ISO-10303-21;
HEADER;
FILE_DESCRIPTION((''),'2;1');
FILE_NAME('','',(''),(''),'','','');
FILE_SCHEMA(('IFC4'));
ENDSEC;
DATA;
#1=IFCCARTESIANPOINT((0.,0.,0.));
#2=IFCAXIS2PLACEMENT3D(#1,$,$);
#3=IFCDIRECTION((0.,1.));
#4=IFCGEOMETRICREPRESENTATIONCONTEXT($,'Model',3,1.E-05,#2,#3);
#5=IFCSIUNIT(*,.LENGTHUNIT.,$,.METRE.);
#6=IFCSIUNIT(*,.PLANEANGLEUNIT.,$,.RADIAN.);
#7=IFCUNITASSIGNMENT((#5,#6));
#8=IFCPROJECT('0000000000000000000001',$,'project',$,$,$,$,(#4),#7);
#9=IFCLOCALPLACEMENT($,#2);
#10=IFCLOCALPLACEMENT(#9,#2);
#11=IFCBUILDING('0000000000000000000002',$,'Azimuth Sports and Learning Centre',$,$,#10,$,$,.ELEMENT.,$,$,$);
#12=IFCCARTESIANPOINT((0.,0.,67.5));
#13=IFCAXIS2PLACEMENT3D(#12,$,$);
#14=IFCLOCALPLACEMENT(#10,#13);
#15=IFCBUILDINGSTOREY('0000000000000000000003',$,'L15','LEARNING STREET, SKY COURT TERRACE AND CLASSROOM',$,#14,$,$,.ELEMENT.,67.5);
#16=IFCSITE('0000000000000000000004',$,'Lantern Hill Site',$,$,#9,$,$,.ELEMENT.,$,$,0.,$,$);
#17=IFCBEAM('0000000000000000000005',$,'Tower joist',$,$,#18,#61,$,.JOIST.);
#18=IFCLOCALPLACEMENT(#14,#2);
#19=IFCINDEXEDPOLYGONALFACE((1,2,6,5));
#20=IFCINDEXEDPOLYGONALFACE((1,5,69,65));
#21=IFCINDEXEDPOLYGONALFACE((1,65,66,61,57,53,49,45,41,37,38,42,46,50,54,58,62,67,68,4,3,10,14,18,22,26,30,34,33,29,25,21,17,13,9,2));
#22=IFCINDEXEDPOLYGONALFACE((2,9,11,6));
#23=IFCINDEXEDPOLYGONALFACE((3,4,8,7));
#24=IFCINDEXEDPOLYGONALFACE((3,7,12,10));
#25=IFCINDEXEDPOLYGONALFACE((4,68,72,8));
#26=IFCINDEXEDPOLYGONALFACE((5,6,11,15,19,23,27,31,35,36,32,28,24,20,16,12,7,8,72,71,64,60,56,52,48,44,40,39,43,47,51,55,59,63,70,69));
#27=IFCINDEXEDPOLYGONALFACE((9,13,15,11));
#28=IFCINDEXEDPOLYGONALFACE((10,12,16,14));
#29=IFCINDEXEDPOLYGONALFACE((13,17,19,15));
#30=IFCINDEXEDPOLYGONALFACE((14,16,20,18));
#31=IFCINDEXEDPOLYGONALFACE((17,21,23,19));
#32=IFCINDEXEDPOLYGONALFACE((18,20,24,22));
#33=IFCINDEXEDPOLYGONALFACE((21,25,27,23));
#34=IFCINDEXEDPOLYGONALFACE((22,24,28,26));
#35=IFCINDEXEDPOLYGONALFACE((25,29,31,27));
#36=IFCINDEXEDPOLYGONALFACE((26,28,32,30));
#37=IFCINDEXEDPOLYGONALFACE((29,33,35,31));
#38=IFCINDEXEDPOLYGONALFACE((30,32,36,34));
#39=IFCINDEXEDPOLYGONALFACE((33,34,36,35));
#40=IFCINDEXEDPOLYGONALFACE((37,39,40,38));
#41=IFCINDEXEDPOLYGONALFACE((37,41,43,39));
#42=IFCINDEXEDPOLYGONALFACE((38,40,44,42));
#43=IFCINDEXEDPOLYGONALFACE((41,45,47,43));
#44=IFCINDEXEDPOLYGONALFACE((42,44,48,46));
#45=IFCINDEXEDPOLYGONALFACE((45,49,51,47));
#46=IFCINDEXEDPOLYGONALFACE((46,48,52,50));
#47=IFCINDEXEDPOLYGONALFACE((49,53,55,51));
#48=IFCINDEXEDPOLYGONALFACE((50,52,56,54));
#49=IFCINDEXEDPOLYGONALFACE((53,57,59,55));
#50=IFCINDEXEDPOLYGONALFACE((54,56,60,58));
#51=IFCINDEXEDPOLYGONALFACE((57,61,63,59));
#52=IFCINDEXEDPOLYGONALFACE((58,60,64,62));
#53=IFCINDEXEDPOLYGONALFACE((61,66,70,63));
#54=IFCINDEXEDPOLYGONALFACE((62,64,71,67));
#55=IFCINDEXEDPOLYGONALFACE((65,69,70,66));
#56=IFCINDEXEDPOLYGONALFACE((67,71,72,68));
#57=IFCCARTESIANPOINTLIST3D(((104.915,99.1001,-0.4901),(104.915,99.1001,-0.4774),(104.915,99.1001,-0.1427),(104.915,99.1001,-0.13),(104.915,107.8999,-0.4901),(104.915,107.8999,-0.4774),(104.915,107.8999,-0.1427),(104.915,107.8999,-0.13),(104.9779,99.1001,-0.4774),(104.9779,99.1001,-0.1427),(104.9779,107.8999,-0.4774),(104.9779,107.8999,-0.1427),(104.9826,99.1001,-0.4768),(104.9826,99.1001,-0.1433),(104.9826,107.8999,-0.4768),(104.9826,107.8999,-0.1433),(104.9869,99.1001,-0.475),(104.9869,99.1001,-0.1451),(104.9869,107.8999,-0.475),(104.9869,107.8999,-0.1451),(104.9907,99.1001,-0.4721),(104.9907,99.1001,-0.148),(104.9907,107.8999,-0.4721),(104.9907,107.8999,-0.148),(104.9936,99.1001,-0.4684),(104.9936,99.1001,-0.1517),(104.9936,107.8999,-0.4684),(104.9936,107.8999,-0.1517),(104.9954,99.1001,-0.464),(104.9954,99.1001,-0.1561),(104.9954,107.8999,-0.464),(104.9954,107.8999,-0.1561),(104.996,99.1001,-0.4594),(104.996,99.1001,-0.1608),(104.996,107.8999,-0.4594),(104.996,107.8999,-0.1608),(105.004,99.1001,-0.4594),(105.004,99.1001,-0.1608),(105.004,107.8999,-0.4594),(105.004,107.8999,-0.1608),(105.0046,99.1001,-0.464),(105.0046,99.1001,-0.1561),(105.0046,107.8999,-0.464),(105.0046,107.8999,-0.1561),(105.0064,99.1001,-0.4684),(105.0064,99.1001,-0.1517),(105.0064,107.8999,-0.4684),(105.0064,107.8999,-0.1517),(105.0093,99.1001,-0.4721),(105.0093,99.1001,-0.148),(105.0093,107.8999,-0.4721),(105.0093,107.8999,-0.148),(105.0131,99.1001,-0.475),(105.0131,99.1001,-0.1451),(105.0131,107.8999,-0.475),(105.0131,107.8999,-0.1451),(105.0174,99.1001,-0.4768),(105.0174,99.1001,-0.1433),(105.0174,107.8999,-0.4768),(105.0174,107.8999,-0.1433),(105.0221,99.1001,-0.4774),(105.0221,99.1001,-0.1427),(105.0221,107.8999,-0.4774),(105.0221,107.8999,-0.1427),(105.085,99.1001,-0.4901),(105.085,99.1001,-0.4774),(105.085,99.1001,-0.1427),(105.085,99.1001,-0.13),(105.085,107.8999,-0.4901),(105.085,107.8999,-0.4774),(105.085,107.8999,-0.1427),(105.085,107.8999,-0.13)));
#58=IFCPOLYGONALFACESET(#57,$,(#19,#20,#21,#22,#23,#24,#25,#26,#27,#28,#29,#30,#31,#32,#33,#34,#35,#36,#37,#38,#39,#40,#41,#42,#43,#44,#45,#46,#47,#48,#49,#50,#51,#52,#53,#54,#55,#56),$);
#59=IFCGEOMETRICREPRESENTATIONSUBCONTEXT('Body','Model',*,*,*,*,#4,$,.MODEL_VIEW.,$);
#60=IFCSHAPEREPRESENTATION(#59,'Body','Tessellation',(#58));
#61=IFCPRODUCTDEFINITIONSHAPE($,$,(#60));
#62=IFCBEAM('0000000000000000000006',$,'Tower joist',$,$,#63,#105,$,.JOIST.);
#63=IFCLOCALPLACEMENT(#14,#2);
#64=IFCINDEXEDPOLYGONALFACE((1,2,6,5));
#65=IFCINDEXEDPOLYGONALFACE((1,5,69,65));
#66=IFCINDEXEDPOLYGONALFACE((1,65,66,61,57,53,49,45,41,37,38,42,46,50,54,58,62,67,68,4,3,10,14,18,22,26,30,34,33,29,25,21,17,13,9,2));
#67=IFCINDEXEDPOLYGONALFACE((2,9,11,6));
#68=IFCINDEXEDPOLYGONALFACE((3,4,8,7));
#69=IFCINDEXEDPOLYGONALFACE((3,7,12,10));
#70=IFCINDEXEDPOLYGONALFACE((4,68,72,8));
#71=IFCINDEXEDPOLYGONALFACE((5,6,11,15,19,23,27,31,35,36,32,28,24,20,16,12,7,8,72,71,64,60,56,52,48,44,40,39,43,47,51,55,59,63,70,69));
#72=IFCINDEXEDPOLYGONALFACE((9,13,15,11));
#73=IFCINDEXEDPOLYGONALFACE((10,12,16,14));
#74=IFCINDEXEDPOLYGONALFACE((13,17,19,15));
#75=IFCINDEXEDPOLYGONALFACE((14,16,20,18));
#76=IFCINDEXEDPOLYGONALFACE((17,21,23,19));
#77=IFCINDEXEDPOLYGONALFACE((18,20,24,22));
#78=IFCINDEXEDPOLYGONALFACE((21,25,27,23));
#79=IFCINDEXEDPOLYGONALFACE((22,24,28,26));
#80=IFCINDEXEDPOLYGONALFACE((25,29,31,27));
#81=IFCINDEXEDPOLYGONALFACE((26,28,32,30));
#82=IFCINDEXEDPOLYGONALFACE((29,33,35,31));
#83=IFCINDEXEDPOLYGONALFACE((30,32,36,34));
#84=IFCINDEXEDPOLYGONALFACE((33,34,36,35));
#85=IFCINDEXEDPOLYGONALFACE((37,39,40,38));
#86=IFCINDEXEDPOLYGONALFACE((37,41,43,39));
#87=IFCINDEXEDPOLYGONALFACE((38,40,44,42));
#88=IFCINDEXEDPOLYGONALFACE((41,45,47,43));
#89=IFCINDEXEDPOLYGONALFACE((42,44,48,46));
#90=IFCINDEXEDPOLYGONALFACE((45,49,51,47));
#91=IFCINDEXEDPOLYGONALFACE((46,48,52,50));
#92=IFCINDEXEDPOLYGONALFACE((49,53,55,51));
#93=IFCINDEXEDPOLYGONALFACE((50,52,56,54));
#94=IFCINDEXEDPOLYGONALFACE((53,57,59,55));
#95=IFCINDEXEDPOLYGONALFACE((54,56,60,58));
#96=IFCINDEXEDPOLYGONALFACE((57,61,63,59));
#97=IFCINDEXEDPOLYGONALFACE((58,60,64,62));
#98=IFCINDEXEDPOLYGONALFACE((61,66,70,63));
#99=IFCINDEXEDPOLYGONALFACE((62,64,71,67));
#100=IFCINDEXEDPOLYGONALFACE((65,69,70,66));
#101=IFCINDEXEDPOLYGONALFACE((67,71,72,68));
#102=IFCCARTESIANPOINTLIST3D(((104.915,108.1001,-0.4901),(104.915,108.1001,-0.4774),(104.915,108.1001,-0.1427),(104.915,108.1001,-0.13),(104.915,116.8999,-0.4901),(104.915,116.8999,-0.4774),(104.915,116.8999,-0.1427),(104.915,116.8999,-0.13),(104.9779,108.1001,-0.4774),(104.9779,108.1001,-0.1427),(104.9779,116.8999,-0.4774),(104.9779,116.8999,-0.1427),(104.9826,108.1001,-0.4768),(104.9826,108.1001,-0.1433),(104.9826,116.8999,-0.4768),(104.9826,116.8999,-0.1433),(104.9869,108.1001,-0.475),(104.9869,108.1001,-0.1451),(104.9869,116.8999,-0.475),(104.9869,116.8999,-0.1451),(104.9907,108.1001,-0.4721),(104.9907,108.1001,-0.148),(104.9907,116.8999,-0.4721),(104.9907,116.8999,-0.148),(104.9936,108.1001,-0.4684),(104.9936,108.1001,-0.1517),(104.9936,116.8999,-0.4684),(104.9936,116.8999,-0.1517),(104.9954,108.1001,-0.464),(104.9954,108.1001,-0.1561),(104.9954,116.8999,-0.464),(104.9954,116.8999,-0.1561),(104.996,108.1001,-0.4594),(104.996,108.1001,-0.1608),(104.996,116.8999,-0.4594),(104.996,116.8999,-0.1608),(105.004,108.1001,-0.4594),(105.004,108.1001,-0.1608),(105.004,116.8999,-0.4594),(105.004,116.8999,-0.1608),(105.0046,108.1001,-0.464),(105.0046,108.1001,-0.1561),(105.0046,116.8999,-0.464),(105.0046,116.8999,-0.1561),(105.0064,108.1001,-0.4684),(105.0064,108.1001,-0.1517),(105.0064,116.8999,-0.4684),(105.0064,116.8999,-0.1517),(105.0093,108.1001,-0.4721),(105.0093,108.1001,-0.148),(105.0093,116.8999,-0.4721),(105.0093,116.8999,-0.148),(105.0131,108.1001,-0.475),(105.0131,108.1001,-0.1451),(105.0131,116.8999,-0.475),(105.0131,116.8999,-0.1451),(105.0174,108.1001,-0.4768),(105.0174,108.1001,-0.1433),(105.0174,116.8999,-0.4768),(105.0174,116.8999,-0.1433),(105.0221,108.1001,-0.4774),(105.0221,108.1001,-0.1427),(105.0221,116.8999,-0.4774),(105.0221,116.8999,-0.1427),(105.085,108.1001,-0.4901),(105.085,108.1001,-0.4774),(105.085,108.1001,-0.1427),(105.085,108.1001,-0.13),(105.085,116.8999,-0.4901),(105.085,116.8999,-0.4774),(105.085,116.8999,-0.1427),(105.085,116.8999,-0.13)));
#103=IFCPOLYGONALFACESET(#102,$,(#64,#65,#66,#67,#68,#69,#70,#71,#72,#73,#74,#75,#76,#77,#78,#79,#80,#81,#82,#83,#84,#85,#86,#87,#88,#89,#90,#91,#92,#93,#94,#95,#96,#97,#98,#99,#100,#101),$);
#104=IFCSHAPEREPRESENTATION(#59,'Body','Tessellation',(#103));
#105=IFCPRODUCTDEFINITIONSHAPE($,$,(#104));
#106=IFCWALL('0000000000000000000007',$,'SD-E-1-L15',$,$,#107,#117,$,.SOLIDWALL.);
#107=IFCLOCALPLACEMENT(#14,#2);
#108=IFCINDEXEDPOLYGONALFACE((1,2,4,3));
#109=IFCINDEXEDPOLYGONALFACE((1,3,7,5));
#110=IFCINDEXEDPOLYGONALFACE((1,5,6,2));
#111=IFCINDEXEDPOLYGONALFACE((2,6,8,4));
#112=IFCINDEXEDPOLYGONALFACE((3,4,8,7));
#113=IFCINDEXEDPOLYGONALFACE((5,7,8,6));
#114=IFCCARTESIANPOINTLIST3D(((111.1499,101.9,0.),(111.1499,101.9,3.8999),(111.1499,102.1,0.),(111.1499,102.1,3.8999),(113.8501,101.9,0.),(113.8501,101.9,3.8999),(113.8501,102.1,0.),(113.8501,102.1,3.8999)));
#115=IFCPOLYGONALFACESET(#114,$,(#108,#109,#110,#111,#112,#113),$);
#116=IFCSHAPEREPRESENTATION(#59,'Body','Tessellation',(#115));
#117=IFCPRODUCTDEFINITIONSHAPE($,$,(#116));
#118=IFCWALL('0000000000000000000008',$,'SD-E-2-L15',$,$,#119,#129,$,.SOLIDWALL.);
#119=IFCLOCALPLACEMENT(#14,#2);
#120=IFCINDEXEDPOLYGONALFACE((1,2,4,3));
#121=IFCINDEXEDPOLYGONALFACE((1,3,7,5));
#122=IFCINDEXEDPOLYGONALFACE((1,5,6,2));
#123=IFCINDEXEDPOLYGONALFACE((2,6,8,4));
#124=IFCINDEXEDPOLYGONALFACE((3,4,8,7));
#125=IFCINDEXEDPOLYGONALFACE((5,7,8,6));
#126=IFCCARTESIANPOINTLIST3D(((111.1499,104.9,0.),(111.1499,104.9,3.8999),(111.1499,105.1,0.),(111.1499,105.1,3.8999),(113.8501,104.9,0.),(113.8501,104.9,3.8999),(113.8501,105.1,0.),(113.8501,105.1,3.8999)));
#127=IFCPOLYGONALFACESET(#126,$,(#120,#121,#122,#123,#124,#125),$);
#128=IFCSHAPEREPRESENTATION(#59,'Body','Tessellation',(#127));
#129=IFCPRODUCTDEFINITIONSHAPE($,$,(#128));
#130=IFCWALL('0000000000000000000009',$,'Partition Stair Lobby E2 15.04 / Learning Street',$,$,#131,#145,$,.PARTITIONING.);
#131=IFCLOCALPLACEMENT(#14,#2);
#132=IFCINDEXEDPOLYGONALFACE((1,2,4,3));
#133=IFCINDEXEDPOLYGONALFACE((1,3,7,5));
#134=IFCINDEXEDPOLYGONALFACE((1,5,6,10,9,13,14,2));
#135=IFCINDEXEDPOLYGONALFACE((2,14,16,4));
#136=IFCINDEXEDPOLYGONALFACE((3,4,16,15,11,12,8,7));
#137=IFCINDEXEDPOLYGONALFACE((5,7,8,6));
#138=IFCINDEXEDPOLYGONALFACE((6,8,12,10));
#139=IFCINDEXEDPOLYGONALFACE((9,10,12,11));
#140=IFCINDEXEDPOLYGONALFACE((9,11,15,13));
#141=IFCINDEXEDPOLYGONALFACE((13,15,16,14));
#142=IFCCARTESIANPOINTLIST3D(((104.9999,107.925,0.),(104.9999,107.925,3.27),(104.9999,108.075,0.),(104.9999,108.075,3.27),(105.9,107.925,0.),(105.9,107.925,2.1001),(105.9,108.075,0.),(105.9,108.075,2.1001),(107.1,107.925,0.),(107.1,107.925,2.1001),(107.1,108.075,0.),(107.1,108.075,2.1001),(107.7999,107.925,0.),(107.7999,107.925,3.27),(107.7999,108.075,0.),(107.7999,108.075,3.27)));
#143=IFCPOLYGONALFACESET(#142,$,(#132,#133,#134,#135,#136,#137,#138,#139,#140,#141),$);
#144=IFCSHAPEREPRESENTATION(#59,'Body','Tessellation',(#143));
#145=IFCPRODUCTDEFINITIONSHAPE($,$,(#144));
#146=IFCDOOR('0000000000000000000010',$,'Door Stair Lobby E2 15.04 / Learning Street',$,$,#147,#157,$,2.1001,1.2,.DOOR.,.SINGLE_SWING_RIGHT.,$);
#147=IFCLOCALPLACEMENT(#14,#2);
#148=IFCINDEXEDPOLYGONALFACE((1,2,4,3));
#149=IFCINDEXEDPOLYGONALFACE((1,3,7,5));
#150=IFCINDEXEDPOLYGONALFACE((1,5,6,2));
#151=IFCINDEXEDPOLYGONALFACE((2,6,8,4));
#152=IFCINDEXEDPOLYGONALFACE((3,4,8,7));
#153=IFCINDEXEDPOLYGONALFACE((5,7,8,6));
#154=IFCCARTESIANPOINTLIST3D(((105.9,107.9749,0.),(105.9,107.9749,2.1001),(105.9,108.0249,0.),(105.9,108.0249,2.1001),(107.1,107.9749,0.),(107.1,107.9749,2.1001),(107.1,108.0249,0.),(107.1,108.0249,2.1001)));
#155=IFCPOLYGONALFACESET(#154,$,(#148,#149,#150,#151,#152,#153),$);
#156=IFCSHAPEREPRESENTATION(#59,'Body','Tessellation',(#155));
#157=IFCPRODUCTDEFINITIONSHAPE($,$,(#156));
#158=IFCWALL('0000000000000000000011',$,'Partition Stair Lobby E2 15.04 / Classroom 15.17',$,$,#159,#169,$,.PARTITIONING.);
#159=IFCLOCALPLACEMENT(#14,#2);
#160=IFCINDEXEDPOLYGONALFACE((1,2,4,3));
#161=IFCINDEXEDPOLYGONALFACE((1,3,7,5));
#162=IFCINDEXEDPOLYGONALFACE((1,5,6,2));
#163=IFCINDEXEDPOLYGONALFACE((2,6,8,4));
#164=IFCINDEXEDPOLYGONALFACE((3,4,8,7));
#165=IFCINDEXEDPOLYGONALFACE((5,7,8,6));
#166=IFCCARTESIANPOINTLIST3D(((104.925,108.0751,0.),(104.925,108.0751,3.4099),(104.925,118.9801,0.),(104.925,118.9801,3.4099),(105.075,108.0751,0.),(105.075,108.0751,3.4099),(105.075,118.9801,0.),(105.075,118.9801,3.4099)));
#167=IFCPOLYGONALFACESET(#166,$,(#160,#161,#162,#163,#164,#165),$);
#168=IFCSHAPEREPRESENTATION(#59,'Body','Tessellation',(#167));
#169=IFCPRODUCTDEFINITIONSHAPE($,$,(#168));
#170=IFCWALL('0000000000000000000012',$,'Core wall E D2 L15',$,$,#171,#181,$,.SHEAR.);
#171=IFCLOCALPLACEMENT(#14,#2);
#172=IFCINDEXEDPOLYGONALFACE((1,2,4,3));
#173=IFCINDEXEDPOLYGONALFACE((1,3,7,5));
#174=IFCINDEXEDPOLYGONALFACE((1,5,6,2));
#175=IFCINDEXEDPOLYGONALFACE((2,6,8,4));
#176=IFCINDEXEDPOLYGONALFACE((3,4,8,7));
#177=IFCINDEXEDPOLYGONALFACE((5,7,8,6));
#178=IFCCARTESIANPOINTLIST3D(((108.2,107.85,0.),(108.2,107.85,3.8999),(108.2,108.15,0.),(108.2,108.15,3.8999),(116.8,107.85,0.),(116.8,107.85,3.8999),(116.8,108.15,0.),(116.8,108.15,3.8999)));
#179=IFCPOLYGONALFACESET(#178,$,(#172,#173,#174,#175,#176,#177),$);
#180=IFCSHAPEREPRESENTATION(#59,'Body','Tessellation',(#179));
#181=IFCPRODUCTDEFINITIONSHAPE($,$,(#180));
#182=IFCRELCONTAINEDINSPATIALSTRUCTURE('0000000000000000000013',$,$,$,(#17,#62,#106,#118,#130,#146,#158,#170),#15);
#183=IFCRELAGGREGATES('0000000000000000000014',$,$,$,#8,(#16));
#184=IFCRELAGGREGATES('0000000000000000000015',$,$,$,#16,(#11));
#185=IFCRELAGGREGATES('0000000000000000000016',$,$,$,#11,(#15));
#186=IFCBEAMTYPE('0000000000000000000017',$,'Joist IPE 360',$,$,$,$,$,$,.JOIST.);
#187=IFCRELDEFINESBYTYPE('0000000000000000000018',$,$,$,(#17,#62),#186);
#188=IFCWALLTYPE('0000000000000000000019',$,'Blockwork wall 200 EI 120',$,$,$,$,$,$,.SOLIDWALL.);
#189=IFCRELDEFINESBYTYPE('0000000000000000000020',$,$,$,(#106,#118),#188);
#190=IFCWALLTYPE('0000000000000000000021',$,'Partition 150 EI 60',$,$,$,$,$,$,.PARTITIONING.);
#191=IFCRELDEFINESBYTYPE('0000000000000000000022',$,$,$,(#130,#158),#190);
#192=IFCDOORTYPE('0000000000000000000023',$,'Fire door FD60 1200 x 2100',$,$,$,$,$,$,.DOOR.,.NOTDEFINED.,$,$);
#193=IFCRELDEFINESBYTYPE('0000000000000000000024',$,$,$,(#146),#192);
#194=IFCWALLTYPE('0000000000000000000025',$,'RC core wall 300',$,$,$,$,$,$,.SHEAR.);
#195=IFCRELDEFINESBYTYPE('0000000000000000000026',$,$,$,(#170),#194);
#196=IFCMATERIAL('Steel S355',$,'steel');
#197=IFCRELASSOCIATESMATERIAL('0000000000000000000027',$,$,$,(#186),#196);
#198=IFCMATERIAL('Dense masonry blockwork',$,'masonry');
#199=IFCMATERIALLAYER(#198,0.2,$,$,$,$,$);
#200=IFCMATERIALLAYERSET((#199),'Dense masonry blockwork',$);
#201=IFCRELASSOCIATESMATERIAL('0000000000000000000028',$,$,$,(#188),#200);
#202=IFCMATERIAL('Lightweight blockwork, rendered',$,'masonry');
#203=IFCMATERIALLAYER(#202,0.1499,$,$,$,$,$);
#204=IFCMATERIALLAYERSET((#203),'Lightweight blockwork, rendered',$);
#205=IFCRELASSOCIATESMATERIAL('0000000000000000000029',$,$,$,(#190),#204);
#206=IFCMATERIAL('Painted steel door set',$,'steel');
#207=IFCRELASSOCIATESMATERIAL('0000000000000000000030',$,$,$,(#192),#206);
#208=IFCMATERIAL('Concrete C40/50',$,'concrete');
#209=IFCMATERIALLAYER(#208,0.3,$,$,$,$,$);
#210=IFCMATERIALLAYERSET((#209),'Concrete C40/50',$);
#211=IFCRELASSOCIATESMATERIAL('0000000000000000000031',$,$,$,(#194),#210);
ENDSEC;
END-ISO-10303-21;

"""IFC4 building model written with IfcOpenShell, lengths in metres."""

from ifc_helpers import new_model, si_unit, direction, frame, frame_2d, origin, origin_2d, place, context, subcontext, project, spatial, rectangle, i_section, extrude, material, layer, layer_set, material_profile, profile_set, type_object, element, fill, save


model = new_model("IFC4")

# Units and contexts
model_context = context("Model", 3, precision=1e-05, world=origin(), true_north=direction((0.0, 1.0)))
body_context = subcontext(model_context, "Body", "Model", "MODEL_VIEW")
ifc_project = project(units=[si_unit("LENGTHUNIT", "METRE"), si_unit("PLANEANGLEUNIT", "RADIAN")], contexts=[model_context])

# Site, building, storey
site_placement = place(None, origin())
site = spatial("IfcSite", under=ifc_project, at=site_placement, Name="Lantern Hill Site", CompositionType="ELEMENT", RefElevation=0.0)
building_placement = place(site_placement, origin())
building = spatial("IfcBuilding", under=site, at=building_placement, Name="Azimuth Sports and Learning Centre", CompositionType="ELEMENT")
storey_placement = place(building_placement, frame((0.0, 0.0, 67.5)))
storey = spatial("IfcBuildingStorey", under=building, at=storey_placement, Name="L15", Description="LEARNING STREET, SKY COURT TERRACE AND CLASSROOM", CompositionType="ELEMENT", Elevation=67.5)

# Beams
ifc_material_1 = material(Name="Steel S355", Category="steel")
ifc_material_profile_1 = material_profile(ifc_material_1, i_section(OverallWidth=0.1699, OverallDepth=0.3601, WebThickness=0.0081, FlangeThickness=0.0127, FilletRadius=0.0181, at=origin_2d()), Name="IPE 360")
ifc_profile_set_1 = profile_set([ifc_material_profile_1], Name="Steel S355")
beam_type_1 = type_object("IfcBeamType", Name="Joist IPE 360", PredefinedType="JOIST", material=ifc_profile_set_1)
for number, where, z_axis, x_axis, name in (
    (1, (105.0, 99.1001, -0.3101), (0.0, 1.0, 0.0), (-1.0, 0.0, 0.0), "Tower joist"),
    (2, (105.0, 108.1001, -0.3101), (0.0, 1.0, 0.0), (-1.0, 0.0, 0.0), "Tower joist"),
):
    element("IfcBeam", number, at=place(storey_placement, frame(where, z_axis=z_axis, x_axis=x_axis)), inside=storey, type_object=beam_type_1, Name=name, PredefinedType="JOIST", context=body_context, shape_type="SweptSolid", body=[
        extrude(i_section(OverallWidth=0.1699, OverallDepth=0.3601, WebThickness=0.0081, FlangeThickness=0.0127, FilletRadius=0.0181, at=origin_2d()), origin(), (0.0, 0.0, 1.0), 8.7998),
    ])

# Walls
ifc_material_2 = material(Name="Dense masonry blockwork", Category="masonry")
ifc_layer_1 = layer(ifc_material_2, 0.2)
ifc_layer_set_1 = layer_set([ifc_layer_1], Name="Dense masonry blockwork")
wall_type_1 = type_object("IfcWallType", Name="Blockwork wall 200 EI 120", PredefinedType="SOLIDWALL", material=ifc_layer_set_1)
for number, where, z_axis, x_axis, name in (
    (3, (111.1499, 102.0, 0.0), (0.0, 0.0, 1.0), (1.0, 0.0, 0.0), "SD-E-1-L15"),
    (4, (111.1499, 105.0, 0.0), (0.0, 0.0, 1.0), (1.0, 0.0, 0.0), "SD-E-2-L15"),
):
    element("IfcWall", number, at=place(storey_placement, frame(where, z_axis=z_axis, x_axis=x_axis)), inside=storey, type_object=wall_type_1, Name=name, PredefinedType="SOLIDWALL", context=body_context, shape_type="SweptSolid", body=[
        extrude(rectangle(XDim=2.7002, YDim=0.2, at=frame_2d((1.3501, 0.0))), origin(), (0.0, 0.0, 1.0), 3.8999),
    ])

# Wall, opening, door
ifc_material_3 = material(Name="Lightweight blockwork, rendered", Category="masonry")
ifc_layer_2 = layer(ifc_material_3, 0.1499)
ifc_layer_set_2 = layer_set([ifc_layer_2], Name="Lightweight blockwork, rendered")
wall_type_2 = type_object("IfcWallType", Name="Partition 150 EI 60", PredefinedType="PARTITIONING", material=ifc_layer_set_2)
wall_1_placement = place(storey_placement, frame((105.0, 108.0, 0.0), z_axis=(0.0, 0.0, 1.0), x_axis=(1.0, 0.0, 0.0)))
wall_1 = element("IfcWall", 5, at=wall_1_placement, inside=storey, type_object=wall_type_2, Name="Partition Stair Lobby E2 15.04 / Learning Street", PredefinedType="PARTITIONING", context=body_context, shape_type="SweptSolid", body=[
    extrude(rectangle(XDim=2.8, YDim=0.1499, at=frame_2d((1.3999, 0.0))), origin(), (0.0, 0.0, 1.0), 3.27),
])
opening_1_placement = place(wall_1_placement, frame((0.8999, 0.0, 0.0)))
opening_1 = element("IfcOpeningElement", 6, at=opening_1_placement, cuts=wall_1, PredefinedType="OPENING", context=body_context, shape_type="SweptSolid", body=[
    extrude(rectangle(XDim=1.2, YDim=2.1001, at=frame_2d((0.6001, 1.05))), frame((0.0, 0.0859, 0.0), z_axis=(0.0, -1.0, 0.0), x_axis=(1.0, 0.0, 0.0)), (0.0, 0.0, 1.0), 0.1719),
])
ifc_material_4 = material(Name="Painted steel door set", Category="steel")
door_type_1 = type_object("IfcDoorType", Name="Fire door FD60 1200 x 2100", OperationType="NOTDEFINED", PredefinedType="DOOR", material=ifc_material_4)
door_1_placement = place(opening_1_placement, origin())
door_1 = element("IfcDoor", 7, at=door_1_placement, inside=storey, type_object=door_type_1, Name="Door Stair Lobby E2 15.04 / Learning Street", OperationType="SINGLE_SWING_RIGHT", OverallHeight=2.1001, OverallWidth=1.2, PredefinedType="DOOR", context=body_context, shape_type="SweptSolid", body=[
    extrude(rectangle(XDim=1.2, YDim=2.1001, at=frame_2d((0.6001, 1.05))), frame((0.0, 0.0249, 0.0), z_axis=(0.0, -1.0, 0.0), x_axis=(1.0, 0.0, 0.0)), (0.0, 0.0, 1.0), 0.05),
])
fill(opening_1, door_1)

# Walls
wall_2_placement = place(storey_placement, frame((105.0, 108.075, 0.0), z_axis=(0.0, 0.0, 1.0), x_axis=(0.0, 1.0, 0.0)))
element("IfcWall", 8, at=wall_2_placement, inside=storey, type_object=wall_type_2, Name="Partition Stair Lobby E2 15.04 / Classroom 15.17", PredefinedType="PARTITIONING", context=body_context, shape_type="SweptSolid", body=[
    extrude(rectangle(XDim=10.905, YDim=0.1499, at=frame_2d((5.4526, 0.0))), origin(), (0.0, 0.0, 1.0), 3.4099),
])
ifc_material_5 = material(Name="Concrete C40/50", Category="concrete")
ifc_layer_3 = layer(ifc_material_5, 0.3)
ifc_layer_set_3 = layer_set([ifc_layer_3], Name="Concrete C40/50")
wall_type_3 = type_object("IfcWallType", Name="RC core wall 300", PredefinedType="SHEAR", material=ifc_layer_set_3)
wall_3_placement = place(storey_placement, frame((108.2, 108.0, 0.0), z_axis=(0.0, 0.0, 1.0), x_axis=(1.0, 0.0, 0.0)))
element("IfcWall", 9, at=wall_3_placement, inside=storey, type_object=wall_type_3, Name="Core wall E D2 L15", PredefinedType="SHEAR", context=body_context, shape_type="SweptSolid", body=[
    extrude(rectangle(XDim=8.6001, YDim=0.3, at=frame_2d((4.3, 0.0))), origin(), (0.0, 0.0, 1.0), 3.8999),
])

save(model, "model.ifc")
